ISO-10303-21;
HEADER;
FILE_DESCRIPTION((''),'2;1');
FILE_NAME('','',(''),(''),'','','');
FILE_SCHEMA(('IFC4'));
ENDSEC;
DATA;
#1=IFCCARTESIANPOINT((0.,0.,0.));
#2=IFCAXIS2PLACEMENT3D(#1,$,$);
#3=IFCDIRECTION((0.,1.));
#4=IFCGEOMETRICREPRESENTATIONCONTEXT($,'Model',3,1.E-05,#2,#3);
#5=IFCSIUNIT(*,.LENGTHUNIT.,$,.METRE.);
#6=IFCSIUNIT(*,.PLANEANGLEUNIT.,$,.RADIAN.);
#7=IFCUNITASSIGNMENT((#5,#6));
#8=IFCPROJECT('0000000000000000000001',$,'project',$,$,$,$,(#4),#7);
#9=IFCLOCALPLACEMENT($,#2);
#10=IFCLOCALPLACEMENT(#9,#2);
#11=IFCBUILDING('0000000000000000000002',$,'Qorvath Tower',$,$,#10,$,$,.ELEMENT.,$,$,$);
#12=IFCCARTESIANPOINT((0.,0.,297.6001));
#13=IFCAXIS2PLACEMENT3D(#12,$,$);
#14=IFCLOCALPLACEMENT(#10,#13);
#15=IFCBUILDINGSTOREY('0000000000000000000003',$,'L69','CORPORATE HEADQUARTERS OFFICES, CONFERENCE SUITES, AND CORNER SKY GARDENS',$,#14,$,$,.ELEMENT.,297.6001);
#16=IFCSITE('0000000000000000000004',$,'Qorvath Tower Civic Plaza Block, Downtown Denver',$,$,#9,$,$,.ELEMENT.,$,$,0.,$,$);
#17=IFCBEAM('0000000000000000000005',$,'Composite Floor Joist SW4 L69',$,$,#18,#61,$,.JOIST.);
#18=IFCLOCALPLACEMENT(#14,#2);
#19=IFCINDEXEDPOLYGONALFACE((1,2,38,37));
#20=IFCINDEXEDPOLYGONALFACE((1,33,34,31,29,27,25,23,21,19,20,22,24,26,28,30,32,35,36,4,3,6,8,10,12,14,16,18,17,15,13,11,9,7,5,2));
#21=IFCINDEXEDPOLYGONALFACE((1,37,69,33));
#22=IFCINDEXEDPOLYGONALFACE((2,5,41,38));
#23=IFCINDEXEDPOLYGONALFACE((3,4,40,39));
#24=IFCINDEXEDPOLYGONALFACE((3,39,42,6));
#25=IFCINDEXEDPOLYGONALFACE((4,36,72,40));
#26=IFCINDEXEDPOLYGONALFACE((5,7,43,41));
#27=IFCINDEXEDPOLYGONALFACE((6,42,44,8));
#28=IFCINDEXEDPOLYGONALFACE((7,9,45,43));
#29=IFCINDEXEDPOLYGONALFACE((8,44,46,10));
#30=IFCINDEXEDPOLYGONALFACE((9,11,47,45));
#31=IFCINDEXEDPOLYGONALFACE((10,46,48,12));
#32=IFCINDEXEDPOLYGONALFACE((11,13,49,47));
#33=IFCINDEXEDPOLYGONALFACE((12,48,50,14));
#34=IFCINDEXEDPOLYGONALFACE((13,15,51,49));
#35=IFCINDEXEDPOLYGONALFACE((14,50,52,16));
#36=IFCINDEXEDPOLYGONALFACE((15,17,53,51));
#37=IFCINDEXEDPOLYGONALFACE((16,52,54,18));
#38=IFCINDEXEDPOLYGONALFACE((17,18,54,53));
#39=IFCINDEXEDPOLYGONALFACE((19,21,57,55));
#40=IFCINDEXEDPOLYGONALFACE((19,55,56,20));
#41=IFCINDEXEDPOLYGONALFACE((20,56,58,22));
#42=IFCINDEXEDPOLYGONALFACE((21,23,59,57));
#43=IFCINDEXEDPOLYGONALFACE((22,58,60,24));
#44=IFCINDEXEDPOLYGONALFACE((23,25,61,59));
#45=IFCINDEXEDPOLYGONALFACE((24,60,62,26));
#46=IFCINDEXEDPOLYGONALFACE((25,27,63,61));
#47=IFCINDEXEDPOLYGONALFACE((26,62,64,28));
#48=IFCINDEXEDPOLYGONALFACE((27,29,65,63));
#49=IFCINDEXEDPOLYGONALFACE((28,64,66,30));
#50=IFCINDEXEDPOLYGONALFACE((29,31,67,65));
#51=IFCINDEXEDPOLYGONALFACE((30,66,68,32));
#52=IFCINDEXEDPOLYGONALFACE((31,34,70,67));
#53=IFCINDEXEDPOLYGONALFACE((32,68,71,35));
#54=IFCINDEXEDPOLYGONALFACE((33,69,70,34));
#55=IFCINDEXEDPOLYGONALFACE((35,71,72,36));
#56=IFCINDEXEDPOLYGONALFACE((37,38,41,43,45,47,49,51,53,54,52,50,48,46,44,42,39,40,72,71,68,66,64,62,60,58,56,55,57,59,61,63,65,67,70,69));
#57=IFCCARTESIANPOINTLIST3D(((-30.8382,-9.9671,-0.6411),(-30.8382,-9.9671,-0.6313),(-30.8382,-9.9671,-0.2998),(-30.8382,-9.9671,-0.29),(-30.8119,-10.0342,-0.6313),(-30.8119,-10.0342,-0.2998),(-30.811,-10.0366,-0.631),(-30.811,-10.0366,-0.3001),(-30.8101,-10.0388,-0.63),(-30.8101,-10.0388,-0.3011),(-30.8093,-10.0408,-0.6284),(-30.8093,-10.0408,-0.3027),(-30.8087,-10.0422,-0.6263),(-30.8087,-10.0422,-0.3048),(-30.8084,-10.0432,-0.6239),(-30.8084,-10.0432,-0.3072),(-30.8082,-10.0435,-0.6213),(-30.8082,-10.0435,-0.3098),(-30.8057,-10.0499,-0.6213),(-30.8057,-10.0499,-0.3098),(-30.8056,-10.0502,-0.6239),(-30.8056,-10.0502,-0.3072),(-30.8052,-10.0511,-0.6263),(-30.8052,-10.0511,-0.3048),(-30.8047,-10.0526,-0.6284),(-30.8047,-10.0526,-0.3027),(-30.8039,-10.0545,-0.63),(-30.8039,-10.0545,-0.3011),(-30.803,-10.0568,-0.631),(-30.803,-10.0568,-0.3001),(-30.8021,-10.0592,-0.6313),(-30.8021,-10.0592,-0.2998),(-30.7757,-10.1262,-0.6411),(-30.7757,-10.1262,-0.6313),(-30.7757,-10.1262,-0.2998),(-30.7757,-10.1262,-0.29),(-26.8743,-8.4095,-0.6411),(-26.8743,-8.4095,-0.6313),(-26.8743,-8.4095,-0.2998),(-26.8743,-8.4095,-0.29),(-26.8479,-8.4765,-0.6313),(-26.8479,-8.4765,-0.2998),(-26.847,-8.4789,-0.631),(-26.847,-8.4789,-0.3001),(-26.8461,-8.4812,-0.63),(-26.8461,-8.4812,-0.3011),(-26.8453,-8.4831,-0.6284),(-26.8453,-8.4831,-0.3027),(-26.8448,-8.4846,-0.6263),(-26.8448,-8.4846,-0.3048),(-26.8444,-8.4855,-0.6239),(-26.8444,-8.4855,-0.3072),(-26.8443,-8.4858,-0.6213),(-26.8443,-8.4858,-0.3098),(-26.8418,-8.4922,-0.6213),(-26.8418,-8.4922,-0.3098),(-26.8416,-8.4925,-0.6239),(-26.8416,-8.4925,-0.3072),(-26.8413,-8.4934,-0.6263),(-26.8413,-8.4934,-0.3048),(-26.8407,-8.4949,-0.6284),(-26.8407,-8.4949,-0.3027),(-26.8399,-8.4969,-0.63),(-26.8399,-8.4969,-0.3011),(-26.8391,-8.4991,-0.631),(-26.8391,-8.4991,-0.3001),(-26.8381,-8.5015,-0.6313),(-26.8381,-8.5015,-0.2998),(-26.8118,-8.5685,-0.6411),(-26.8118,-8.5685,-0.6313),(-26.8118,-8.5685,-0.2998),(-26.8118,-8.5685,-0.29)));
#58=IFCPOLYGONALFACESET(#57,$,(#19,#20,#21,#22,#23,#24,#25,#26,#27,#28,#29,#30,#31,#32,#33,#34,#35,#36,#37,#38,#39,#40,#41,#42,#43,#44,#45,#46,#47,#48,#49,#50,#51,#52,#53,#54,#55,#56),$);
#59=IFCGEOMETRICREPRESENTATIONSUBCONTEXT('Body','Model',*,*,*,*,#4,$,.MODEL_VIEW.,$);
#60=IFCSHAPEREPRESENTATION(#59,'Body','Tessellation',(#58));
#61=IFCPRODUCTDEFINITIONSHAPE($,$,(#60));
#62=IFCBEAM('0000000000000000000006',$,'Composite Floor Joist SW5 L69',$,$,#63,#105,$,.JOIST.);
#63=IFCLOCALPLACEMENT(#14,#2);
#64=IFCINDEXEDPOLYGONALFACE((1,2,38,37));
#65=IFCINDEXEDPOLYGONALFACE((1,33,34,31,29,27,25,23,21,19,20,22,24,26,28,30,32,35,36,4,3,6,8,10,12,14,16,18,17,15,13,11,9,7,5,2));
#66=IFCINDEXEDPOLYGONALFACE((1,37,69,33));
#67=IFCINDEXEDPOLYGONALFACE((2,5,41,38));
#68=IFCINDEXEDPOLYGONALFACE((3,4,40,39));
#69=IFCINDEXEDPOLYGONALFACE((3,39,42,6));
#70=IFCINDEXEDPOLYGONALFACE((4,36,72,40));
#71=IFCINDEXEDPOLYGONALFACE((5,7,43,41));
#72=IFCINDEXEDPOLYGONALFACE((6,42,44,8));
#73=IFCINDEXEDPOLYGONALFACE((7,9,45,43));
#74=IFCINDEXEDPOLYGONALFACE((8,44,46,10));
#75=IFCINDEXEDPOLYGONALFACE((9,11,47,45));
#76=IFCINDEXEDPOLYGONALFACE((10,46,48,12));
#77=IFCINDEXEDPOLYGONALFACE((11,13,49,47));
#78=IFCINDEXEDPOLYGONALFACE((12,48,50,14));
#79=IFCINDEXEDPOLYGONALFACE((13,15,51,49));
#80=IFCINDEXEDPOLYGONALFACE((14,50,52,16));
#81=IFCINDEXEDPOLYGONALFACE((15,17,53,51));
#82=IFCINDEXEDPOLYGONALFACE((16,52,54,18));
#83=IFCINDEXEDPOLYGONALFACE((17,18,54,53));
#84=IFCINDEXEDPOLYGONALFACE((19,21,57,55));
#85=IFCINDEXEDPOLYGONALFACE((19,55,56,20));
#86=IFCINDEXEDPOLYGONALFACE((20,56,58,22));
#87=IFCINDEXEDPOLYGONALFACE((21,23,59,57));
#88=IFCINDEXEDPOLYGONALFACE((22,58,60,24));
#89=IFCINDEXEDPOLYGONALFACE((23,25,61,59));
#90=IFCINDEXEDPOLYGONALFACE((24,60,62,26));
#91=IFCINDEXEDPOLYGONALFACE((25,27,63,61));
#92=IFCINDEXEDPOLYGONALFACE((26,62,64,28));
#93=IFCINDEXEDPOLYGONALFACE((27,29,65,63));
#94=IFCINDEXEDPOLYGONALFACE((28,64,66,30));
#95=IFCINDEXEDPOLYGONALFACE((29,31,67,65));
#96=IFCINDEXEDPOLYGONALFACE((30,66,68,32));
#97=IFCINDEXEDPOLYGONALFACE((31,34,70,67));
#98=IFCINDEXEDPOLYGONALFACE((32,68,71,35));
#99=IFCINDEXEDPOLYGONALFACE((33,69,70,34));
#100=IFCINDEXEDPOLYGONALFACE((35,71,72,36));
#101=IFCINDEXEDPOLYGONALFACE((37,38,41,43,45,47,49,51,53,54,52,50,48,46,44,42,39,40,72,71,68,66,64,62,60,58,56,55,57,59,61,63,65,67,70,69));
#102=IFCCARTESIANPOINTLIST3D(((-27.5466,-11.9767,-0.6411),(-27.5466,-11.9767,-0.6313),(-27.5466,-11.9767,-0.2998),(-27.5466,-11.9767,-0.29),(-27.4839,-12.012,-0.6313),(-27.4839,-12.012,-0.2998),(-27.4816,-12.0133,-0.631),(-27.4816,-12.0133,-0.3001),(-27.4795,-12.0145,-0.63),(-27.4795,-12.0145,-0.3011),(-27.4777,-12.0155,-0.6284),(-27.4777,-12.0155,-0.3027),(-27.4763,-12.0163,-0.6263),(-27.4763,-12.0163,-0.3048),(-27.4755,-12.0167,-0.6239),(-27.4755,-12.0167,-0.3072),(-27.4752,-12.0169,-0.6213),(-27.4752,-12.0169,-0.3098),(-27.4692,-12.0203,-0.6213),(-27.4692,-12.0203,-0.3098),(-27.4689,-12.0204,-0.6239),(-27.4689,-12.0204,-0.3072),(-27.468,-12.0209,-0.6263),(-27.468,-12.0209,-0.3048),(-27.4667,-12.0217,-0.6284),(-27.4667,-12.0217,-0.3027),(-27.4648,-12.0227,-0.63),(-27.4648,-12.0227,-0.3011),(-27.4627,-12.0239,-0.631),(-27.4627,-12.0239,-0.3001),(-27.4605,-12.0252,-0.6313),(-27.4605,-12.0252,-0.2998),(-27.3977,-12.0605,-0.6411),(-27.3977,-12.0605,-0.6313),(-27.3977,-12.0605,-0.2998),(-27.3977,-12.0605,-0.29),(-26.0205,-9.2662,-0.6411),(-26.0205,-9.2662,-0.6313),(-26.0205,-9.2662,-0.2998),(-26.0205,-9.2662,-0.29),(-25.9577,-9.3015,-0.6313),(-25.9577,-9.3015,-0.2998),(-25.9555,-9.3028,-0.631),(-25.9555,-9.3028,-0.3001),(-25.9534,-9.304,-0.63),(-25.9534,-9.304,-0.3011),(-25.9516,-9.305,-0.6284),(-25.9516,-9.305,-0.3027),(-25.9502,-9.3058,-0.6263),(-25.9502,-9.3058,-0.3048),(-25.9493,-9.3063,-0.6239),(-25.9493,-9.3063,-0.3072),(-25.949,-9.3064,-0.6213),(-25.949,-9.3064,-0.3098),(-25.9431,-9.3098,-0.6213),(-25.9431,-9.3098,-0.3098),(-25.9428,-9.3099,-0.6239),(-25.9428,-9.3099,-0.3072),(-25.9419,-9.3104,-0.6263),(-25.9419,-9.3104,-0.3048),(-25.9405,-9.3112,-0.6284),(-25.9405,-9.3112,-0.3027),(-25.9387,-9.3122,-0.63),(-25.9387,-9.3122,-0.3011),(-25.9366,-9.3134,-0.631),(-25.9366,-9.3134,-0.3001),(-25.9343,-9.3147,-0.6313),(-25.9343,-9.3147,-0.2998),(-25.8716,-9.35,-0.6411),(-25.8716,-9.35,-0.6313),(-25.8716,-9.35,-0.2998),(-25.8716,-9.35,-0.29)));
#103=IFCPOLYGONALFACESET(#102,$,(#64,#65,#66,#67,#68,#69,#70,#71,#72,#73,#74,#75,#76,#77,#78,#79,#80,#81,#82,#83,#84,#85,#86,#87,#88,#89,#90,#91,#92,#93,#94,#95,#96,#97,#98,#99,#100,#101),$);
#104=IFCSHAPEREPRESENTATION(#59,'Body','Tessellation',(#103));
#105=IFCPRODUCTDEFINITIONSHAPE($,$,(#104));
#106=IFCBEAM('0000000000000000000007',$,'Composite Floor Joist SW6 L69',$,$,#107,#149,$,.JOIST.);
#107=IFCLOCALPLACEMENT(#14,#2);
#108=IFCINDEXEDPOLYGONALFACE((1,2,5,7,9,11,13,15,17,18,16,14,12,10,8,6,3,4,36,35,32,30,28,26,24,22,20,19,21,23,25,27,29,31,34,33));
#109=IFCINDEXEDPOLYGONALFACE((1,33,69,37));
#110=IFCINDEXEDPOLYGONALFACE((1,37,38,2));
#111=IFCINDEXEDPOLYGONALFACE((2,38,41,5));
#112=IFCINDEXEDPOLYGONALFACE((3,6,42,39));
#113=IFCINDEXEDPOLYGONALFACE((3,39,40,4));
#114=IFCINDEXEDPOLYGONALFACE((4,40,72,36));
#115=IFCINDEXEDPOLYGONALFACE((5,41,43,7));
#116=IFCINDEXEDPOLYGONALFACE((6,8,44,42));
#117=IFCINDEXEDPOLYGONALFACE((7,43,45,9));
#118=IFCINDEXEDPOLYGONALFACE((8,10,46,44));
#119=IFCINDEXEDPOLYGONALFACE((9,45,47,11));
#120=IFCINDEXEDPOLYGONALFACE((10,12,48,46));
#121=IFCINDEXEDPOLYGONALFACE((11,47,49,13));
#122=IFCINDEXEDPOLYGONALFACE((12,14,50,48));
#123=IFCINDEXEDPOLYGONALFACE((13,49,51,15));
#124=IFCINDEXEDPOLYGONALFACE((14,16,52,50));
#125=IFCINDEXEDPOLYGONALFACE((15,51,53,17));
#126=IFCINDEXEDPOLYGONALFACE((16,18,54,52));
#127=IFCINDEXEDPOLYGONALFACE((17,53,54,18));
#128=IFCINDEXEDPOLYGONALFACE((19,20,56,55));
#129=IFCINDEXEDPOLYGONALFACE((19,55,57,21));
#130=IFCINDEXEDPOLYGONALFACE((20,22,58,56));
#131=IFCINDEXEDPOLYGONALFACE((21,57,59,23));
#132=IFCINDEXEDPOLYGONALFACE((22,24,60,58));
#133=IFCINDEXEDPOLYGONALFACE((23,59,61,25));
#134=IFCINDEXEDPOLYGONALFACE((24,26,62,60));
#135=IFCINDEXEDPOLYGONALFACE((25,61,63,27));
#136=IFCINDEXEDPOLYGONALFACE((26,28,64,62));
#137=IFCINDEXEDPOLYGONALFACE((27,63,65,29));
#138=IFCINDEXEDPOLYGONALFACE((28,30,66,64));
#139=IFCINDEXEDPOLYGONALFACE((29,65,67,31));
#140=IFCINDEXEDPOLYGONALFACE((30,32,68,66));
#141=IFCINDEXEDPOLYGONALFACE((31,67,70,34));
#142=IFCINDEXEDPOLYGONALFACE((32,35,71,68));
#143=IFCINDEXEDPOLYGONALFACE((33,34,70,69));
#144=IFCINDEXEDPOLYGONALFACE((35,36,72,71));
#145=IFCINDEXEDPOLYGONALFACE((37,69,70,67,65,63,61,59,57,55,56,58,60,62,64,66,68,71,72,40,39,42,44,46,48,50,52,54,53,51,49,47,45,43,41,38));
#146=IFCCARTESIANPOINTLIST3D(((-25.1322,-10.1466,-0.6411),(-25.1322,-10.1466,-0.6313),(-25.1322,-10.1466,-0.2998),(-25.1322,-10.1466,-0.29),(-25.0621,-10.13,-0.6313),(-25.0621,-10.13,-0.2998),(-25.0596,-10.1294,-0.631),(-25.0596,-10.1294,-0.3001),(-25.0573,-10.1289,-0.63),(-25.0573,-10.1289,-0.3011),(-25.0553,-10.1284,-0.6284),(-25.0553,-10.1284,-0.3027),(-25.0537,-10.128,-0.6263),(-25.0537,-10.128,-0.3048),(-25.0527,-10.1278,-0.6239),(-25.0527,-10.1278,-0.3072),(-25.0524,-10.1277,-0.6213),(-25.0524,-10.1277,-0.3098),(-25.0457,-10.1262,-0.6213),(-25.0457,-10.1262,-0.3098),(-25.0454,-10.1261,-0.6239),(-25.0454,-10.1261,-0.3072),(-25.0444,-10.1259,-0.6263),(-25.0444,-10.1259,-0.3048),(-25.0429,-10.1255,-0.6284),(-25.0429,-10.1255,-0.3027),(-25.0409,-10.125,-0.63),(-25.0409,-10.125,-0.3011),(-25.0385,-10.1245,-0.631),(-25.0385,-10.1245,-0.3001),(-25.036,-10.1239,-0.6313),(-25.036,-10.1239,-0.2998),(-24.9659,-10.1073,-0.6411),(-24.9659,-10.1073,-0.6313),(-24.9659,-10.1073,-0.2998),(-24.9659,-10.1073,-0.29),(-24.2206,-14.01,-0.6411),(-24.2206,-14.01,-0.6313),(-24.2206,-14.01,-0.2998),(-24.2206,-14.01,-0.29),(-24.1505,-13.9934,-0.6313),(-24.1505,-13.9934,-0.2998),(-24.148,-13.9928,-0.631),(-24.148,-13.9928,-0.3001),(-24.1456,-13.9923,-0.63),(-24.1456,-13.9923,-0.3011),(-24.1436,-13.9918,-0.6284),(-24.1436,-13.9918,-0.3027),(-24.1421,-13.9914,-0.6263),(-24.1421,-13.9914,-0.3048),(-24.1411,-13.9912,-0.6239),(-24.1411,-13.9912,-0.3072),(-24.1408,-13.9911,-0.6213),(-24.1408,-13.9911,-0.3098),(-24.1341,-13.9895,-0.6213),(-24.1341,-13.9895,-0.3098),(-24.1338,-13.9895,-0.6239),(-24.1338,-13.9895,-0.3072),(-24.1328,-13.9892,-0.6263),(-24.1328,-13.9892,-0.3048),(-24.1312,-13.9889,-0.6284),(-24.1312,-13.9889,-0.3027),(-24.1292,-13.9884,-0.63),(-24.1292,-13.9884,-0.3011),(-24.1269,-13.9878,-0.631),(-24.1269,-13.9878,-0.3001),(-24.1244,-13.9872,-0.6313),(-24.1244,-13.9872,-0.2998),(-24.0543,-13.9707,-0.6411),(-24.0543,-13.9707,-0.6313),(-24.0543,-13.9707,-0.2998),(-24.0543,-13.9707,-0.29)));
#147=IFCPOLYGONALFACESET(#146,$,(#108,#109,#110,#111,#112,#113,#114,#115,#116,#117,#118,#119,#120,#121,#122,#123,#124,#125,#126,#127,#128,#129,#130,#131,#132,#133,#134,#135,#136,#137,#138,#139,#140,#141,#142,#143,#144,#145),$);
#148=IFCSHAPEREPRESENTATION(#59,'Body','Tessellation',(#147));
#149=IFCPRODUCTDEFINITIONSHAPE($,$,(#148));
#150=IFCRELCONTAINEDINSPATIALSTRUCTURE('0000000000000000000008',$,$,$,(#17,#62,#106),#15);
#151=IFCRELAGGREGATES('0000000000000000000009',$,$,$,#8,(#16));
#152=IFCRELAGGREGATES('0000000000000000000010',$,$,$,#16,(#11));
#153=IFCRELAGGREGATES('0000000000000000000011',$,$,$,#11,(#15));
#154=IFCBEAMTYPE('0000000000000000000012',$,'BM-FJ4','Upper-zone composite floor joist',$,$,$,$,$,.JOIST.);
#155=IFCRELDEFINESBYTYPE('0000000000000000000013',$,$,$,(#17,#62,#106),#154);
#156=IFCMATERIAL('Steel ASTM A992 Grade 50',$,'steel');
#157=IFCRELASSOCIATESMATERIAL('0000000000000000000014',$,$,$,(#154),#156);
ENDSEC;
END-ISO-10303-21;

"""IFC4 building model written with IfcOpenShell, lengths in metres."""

from ifc_helpers import new_model, si_unit, direction, frame, origin, origin_2d, place, context, subcontext, project, spatial, i_section, extrude, material, material_profile, profile_set, type_object, element, save


model = new_model("IFC4")

# Units and contexts
model_context = context("Model", 3, precision=1e-05, world=origin(), true_north=direction((0.0, 1.0)))
body_context = subcontext(model_context, "Body", "Model", "MODEL_VIEW")
ifc_project = project(units=[si_unit("LENGTHUNIT", "METRE"), si_unit("PLANEANGLEUNIT", "RADIAN")], contexts=[model_context])

# Site, building, storey
site_placement = place(None, origin())
site = spatial("IfcSite", under=ifc_project, at=site_placement, Name="Qorvath Tower Civic Plaza Block, Downtown Denver", CompositionType="ELEMENT", RefElevation=0.0)
building_placement = place(site_placement, origin())
building = spatial("IfcBuilding", under=site, at=building_placement, Name="Qorvath Tower", CompositionType="ELEMENT")
storey_placement = place(building_placement, frame((0.0, 0.0, 297.6001)))
storey = spatial("IfcBuildingStorey", under=building, at=storey_placement, Name="L69", Description="CORPORATE HEADQUARTERS OFFICES, CONFERENCE SUITES, AND CORNER SKY GARDENS", CompositionType="ELEMENT", Elevation=297.6001)

# Beams
ifc_material_1 = material(Name="Steel ASTM A992 Grade 50", Category="steel")
ifc_material_profile_1 = material_profile(ifc_material_1, i_section(OverallWidth=0.1709, OverallDepth=0.3511, WebThickness=0.0068, FlangeThickness=0.0098, FilletRadius=0.01, at=origin_2d()), Name="W14x30")
ifc_profile_set_1 = profile_set([ifc_material_profile_1], Name="Steel ASTM A992 Grade 50")
beam_type_1 = type_object("IfcBeamType", Name="BM-FJ4", Description="Upper-zone composite floor joist", PredefinedType="JOIST", material=ifc_profile_set_1)
beam_1_placement = place(storey_placement, frame((-26.843, -8.489, -0.4656), z_axis=(-0.930721, -0.36573, 0.0), x_axis=(0.36573, -0.930721, 0.0)))
element("IfcBeam", 1, at=beam_1_placement, inside=storey, type_object=beam_type_1, Name="Composite Floor Joist SW4 L69", PredefinedType="JOIST", context=body_context, shape_type="SweptSolid", body=[
    extrude(i_section(OverallWidth=0.1709, OverallDepth=0.3511, WebThickness=0.0068, FlangeThickness=0.0098, FilletRadius=0.01, at=origin_2d()), origin(), (0.0, 0.0, 1.0), 4.259),
])
beam_2_placement = place(storey_placement, frame((-25.946, -9.3081, -0.4656), z_axis=(-0.490626, -0.87137, 0.0), x_axis=(0.87137, -0.490626, 0.0)))
element("IfcBeam", 2, at=beam_2_placement, inside=storey, type_object=beam_type_1, Name="Composite Floor Joist SW5 L69", PredefinedType="JOIST", context=body_context, shape_type="SweptSolid", body=[
    extrude(i_section(OverallWidth=0.1709, OverallDepth=0.3511, WebThickness=0.0068, FlangeThickness=0.0098, FilletRadius=0.01, at=origin_2d()), origin(), (0.0, 0.0, 1.0), 3.1106),
])
beam_3_placement = place(storey_placement, frame((-25.0491, -10.127, -0.4656), z_axis=(0.229663, -0.97327, 0.0), x_axis=(0.97327, 0.229663, 0.0)))
element("IfcBeam", 3, at=beam_3_placement, inside=storey, type_object=beam_type_1, Name="Composite Floor Joist SW6 L69", PredefinedType="JOIST", context=body_context, shape_type="SweptSolid", body=[
    extrude(i_section(OverallWidth=0.1709, OverallDepth=0.3511, WebThickness=0.0068, FlangeThickness=0.0098, FilletRadius=0.01, at=origin_2d()), origin(), (0.0, 0.0, 1.0), 3.9695),
])

save(model, "model.ifc")
